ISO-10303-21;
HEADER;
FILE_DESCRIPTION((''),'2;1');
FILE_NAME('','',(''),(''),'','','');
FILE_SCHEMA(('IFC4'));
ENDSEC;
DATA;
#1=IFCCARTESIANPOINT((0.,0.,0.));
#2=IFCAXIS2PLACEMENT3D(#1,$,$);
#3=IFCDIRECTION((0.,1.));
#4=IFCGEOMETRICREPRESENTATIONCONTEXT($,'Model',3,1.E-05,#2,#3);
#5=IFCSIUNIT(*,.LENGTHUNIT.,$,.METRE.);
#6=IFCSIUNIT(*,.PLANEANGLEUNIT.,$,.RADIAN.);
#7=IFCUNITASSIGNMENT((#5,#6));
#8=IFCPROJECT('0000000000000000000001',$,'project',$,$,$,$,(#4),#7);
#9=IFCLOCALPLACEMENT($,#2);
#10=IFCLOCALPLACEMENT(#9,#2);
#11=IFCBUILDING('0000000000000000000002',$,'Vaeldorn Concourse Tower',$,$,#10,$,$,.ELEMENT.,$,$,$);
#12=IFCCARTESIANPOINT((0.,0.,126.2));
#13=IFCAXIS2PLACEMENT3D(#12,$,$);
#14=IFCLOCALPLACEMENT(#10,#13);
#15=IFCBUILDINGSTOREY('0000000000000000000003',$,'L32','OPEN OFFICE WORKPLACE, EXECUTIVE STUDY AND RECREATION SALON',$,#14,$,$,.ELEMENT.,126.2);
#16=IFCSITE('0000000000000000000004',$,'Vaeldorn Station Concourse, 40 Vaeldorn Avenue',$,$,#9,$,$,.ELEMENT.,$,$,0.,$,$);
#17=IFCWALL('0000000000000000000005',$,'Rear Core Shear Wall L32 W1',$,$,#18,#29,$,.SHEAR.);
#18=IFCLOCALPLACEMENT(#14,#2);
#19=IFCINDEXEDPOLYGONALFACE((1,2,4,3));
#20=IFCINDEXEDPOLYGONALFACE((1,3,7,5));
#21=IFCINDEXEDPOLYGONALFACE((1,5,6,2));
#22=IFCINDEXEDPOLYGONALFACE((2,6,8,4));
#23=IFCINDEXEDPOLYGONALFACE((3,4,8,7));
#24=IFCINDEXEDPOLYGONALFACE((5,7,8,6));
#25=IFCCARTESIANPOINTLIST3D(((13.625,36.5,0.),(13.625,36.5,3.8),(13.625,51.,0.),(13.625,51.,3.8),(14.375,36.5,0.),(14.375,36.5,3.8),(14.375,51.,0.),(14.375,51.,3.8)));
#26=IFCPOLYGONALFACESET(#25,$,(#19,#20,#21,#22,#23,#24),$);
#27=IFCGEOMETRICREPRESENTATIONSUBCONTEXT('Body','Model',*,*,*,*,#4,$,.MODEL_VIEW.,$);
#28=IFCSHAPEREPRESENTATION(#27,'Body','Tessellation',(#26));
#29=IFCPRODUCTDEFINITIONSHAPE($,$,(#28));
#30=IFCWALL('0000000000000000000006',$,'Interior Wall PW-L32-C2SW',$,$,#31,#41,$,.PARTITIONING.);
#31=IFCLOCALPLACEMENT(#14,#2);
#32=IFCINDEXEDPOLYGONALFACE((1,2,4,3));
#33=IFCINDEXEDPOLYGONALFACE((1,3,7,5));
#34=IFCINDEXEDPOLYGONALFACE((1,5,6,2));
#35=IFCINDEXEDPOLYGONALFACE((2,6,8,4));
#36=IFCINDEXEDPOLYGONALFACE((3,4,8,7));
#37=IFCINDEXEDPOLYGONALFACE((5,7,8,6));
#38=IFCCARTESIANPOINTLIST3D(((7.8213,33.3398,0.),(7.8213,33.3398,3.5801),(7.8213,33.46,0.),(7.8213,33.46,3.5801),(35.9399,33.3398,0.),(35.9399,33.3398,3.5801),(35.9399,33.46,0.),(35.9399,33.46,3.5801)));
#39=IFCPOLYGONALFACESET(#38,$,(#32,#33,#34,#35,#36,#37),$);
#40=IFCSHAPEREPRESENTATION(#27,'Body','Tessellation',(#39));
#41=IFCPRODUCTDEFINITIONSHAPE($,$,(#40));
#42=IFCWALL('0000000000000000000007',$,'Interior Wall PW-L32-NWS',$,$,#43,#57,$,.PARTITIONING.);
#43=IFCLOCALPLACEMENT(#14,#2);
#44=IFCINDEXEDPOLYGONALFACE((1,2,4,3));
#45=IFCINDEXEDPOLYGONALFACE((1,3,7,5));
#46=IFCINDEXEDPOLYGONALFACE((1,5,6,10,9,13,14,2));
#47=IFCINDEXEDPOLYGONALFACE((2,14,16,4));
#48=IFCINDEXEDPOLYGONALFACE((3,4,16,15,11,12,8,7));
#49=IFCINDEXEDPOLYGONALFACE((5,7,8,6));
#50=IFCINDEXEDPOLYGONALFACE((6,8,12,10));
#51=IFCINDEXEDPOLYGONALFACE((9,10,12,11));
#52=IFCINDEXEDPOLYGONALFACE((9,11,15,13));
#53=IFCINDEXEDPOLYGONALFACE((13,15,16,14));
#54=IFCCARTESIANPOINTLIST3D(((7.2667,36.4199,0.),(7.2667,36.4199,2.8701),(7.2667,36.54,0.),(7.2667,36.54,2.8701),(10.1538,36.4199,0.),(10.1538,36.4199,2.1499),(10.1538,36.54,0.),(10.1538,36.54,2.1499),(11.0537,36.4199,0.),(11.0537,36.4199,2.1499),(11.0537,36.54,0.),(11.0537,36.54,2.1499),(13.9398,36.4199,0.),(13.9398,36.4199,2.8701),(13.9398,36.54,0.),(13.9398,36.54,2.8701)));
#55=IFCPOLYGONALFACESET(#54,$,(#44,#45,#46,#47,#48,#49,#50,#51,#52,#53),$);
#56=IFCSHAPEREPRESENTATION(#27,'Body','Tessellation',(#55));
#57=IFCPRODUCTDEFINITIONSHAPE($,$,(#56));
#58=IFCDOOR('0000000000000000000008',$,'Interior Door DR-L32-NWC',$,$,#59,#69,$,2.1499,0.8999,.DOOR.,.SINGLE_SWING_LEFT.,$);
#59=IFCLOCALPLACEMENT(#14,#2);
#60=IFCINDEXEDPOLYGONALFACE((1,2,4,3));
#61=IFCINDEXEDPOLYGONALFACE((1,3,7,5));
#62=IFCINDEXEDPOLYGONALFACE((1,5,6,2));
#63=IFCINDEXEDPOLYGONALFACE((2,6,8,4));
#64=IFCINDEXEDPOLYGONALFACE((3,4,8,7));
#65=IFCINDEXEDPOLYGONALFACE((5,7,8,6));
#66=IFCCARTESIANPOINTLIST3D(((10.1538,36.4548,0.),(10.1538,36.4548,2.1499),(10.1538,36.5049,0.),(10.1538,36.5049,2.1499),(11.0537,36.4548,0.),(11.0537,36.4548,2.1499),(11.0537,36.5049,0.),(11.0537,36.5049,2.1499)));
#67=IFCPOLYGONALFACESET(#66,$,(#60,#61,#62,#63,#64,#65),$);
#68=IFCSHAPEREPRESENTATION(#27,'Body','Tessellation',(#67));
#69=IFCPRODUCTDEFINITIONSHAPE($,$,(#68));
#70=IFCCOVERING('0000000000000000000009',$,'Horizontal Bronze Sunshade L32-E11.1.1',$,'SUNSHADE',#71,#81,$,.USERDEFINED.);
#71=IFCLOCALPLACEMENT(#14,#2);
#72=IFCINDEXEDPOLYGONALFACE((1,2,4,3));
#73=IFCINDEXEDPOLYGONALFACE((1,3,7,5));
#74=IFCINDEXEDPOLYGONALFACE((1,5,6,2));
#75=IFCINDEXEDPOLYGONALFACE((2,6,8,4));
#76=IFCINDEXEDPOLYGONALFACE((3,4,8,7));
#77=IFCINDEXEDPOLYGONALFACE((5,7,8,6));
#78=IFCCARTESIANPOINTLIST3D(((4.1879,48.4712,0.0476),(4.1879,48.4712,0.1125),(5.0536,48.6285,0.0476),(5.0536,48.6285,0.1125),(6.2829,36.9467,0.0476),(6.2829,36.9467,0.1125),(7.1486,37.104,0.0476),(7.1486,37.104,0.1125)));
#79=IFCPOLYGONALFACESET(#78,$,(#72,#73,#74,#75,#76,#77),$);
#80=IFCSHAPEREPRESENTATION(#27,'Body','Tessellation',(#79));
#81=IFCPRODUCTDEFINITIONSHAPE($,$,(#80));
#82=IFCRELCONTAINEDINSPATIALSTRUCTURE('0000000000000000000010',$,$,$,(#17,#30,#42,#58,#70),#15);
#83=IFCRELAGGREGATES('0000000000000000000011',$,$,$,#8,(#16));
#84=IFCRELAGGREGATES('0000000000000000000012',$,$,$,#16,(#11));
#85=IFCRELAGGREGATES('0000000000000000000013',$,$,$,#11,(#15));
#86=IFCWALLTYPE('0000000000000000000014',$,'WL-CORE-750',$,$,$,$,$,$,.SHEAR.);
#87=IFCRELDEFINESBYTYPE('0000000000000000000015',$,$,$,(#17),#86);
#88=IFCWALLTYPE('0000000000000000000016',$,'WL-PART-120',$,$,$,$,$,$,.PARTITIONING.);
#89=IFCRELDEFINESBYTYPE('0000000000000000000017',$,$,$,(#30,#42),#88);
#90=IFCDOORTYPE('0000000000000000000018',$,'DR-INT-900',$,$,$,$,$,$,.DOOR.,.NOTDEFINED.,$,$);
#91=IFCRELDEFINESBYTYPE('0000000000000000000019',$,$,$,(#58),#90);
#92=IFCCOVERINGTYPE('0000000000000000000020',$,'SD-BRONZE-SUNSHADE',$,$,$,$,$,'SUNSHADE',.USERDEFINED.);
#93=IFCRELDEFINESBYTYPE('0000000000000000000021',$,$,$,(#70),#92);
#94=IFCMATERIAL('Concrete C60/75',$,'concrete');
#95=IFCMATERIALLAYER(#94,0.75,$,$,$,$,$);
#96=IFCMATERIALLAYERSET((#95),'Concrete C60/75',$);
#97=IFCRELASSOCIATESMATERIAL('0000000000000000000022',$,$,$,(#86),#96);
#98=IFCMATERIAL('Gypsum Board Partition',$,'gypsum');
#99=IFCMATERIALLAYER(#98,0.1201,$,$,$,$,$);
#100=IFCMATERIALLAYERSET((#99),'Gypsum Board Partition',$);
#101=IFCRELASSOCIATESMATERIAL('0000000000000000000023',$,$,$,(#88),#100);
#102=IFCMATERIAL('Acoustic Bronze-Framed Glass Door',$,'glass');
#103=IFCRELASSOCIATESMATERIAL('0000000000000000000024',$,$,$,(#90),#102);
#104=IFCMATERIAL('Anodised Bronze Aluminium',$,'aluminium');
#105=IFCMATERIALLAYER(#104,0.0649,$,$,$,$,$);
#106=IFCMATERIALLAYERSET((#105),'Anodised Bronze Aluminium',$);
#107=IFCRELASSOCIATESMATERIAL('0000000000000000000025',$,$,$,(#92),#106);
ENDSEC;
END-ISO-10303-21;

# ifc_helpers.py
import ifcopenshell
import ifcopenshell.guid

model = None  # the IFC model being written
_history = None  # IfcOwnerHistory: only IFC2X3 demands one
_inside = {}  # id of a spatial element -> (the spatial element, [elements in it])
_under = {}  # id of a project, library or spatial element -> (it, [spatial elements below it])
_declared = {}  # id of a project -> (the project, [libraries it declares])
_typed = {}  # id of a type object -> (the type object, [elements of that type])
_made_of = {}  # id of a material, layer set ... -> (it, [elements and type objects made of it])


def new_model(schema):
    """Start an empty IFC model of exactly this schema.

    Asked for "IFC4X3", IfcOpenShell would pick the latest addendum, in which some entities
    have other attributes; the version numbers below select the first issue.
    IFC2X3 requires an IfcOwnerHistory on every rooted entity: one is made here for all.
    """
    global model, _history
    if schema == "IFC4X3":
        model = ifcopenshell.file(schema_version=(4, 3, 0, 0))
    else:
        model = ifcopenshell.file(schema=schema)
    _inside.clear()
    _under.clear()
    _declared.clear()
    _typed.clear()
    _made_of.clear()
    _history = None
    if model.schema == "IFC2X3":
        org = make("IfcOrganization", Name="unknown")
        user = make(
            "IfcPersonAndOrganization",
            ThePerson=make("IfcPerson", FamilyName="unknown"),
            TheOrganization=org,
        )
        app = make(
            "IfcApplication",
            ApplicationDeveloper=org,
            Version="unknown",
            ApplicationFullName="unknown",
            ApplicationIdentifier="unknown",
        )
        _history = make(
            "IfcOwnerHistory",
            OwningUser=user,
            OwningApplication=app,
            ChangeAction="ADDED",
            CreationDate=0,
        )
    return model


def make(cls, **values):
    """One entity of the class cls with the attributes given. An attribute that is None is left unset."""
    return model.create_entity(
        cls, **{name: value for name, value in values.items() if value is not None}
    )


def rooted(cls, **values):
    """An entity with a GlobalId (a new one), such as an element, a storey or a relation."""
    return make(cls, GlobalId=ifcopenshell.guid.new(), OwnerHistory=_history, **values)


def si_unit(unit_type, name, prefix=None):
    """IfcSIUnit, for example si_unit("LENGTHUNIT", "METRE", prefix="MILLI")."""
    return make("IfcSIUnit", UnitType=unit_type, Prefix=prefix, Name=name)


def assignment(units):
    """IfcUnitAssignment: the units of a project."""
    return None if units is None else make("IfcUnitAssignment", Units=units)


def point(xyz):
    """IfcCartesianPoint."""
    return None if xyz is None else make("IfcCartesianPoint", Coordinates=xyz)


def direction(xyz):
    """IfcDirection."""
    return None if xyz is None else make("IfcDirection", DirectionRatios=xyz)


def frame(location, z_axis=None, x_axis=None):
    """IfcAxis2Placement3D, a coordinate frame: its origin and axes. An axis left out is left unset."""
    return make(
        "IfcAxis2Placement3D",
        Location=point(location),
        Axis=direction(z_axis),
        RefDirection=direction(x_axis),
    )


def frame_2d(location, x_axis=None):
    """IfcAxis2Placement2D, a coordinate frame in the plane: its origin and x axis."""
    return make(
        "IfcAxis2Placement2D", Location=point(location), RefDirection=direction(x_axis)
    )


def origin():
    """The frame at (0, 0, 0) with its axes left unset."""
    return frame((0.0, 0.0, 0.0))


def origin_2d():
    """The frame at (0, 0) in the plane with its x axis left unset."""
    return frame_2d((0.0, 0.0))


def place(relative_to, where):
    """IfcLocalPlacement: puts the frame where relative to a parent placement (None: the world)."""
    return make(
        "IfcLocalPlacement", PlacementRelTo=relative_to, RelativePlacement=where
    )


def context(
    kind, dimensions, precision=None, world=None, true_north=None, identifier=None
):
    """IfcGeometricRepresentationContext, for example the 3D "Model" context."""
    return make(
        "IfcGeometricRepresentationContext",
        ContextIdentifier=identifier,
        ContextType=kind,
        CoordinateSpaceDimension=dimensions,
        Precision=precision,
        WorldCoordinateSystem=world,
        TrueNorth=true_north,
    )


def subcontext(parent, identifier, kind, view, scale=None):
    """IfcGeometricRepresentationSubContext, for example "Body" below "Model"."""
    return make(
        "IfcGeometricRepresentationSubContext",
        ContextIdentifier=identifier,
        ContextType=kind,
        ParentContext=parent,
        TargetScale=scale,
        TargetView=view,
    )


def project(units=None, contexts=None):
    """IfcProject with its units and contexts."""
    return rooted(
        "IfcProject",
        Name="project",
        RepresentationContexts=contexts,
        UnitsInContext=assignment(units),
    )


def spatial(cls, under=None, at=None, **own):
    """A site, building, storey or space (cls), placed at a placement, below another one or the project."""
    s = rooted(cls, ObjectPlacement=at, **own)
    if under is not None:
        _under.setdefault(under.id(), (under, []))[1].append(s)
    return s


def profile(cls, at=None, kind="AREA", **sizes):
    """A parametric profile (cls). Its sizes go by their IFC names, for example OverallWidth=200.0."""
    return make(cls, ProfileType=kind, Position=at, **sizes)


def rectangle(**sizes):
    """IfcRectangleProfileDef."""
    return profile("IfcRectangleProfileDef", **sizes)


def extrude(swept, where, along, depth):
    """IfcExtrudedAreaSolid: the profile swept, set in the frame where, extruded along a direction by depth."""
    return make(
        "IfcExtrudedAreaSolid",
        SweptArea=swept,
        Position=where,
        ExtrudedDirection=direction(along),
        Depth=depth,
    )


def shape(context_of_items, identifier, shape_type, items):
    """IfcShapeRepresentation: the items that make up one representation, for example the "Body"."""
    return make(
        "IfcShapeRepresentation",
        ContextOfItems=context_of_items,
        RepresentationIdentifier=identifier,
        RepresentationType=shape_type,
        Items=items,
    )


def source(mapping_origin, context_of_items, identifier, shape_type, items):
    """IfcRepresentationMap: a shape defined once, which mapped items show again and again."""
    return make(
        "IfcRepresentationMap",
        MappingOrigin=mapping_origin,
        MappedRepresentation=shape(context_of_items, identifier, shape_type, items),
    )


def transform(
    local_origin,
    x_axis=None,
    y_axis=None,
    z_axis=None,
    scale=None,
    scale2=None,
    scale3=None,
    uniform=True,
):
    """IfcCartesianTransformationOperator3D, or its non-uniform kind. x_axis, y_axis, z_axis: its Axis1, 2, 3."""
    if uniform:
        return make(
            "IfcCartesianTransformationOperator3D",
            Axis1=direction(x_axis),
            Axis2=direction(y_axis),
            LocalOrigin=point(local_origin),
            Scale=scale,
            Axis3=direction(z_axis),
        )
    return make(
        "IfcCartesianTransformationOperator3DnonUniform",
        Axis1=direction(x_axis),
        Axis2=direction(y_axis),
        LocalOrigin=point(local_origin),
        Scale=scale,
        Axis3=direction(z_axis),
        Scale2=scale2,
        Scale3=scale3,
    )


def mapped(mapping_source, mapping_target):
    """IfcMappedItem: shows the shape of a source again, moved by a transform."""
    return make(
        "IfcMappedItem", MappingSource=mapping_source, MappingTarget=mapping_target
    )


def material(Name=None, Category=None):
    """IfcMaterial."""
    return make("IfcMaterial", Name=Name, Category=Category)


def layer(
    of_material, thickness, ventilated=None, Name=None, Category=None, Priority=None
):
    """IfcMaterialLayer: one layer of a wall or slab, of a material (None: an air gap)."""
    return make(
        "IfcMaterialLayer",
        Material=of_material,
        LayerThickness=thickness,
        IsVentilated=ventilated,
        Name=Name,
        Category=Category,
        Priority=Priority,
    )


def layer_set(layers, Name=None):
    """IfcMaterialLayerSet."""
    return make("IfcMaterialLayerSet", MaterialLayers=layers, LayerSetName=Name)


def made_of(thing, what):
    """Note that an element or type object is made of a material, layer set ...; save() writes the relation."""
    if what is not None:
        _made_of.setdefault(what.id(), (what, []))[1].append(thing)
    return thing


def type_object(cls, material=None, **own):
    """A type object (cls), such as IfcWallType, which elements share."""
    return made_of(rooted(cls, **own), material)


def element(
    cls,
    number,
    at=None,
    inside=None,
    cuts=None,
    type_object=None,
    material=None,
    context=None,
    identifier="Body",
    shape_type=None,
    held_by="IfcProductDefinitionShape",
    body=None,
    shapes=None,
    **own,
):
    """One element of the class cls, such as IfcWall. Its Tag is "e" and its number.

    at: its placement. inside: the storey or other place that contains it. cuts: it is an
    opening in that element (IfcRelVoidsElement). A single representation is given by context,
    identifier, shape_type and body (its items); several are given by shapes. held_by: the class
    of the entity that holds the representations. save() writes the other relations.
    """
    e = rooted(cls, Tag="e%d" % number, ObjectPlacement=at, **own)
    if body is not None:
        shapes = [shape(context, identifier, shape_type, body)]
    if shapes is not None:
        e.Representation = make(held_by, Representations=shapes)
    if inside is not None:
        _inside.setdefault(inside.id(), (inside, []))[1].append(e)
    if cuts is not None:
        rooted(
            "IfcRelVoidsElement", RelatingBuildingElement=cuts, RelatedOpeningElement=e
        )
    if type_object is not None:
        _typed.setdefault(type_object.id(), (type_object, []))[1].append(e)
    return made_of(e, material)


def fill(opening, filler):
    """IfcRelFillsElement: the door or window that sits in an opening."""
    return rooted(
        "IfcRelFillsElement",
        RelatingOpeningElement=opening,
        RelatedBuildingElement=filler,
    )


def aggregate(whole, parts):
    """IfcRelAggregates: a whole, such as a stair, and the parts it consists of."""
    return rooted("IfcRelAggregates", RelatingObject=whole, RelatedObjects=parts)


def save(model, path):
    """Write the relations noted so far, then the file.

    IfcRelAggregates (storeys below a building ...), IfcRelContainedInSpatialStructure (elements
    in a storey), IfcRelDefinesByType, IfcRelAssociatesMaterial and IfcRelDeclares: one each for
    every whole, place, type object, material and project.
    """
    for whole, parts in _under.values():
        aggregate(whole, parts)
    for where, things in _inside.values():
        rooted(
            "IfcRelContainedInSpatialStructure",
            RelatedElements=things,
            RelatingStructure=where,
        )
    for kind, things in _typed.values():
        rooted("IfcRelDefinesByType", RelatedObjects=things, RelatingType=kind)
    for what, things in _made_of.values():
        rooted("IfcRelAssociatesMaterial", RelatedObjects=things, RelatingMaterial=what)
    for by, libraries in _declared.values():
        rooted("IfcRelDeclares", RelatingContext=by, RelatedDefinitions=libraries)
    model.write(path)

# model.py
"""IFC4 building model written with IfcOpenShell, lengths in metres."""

from ifc_helpers import new_model, si_unit, direction, frame, frame_2d, origin, origin_2d, place, context, subcontext, project, spatial, rectangle, extrude, source, transform, mapped, material, layer, layer_set, type_object, element, fill, save


model = new_model("IFC4")

# Units and contexts
model_context = context("Model", 3, precision=1e-05, world=origin(), true_north=direction((0.0, 1.0)))
body_context = subcontext(model_context, "Body", "Model", "MODEL_VIEW")
ifc_project = project(units=[si_unit("LENGTHUNIT", "METRE"), si_unit("PLANEANGLEUNIT", "RADIAN")], contexts=[model_context])

# Site, building, storey
site_placement = place(None, origin())
site = spatial("IfcSite", under=ifc_project, at=site_placement, Name="Vaeldorn Station Concourse, 40 Vaeldorn Avenue", CompositionType="ELEMENT", RefElevation=0.0)
building_placement = place(site_placement, origin())
building = spatial("IfcBuilding", under=site, at=building_placement, Name="Vaeldorn Concourse Tower", CompositionType="ELEMENT")
storey_placement = place(building_placement, frame((0.0, 0.0, 126.2)))
storey = spatial("IfcBuildingStorey", under=building, at=storey_placement, Name="L32", Description="OPEN OFFICE WORKPLACE, EXECUTIVE STUDY AND RECREATION SALON", CompositionType="ELEMENT", Elevation=126.2)

# Shared definitions
ifc_material_1 = material(Name="Concrete C60/75", Category="concrete")

# Shared definitions
ifc_material_2 = material(Name="Anodised Bronze Aluminium", Category="aluminium")

# Walls
ifc_layer_1 = layer(ifc_material_1, 0.75)
ifc_layer_set_1 = layer_set([ifc_layer_1], Name="Concrete C60/75")
wall_type_1 = type_object("IfcWallType", Name="WL-CORE-750", PredefinedType="SHEAR", material=ifc_layer_set_1)
wall_1_placement = place(storey_placement, frame((14.0, 36.5, 0.0), z_axis=(0.0, 0.0, 1.0), x_axis=(0.0, 1.0, 0.0)))
element("IfcWall", 1, at=wall_1_placement, inside=storey, type_object=wall_type_1, Name="Rear Core Shear Wall L32 W1", PredefinedType="SHEAR", context=body_context, shape_type="SweptSolid", body=[
    extrude(rectangle(XDim=14.5, YDim=0.75, at=frame_2d((7.25, 0.0))), origin(), (0.0, 0.0, 1.0), 3.8),
])
ifc_material_3 = material(Name="Gypsum Board Partition", Category="gypsum")
ifc_layer_2 = layer(ifc_material_3, 0.1201)
ifc_layer_set_2 = layer_set([ifc_layer_2], Name="Gypsum Board Partition")
wall_type_2 = type_object("IfcWallType", Name="WL-PART-120", PredefinedType="PARTITIONING", material=ifc_layer_set_2)
wall_2_placement = place(storey_placement, frame((7.8213, 33.3999, 0.0), z_axis=(0.0, 0.0, 1.0), x_axis=(1.0, 0.0, 0.0)))
element("IfcWall", 2, at=wall_2_placement, inside=storey, type_object=wall_type_2, Name="Interior Wall PW-L32-C2SW", PredefinedType="PARTITIONING", context=body_context, shape_type="SweptSolid", body=[
    extrude(rectangle(XDim=28.1187, YDim=0.1201, at=frame_2d((14.0593, 0.0))), origin(), (0.0, 0.0, 1.0), 3.5801),
])

# Wall, opening, door
wall_3_placement = place(storey_placement, frame((7.2668, 36.48, 0.0), z_axis=(0.0, 0.0, 1.0), x_axis=(1.0, 0.0, 0.0)))
wall_3 = element("IfcWall", 3, at=wall_3_placement, inside=storey, type_object=wall_type_2, Name="Interior Wall PW-L32-NWS", PredefinedType="PARTITIONING", context=body_context, shape_type="SweptSolid", body=[
    extrude(rectangle(XDim=6.6731, YDim=0.1201, at=frame_2d((3.3364, 0.0))), origin(), (0.0, 0.0, 1.0), 2.8701),
])
opening_placement = place(wall_3_placement, frame((2.887, 0.0, 0.0)))
opening = element("IfcOpeningElement", 4, at=opening_placement, cuts=wall_3, PredefinedType="OPENING", context=body_context, shape_type="SweptSolid", body=[
    extrude(rectangle(XDim=0.8999, YDim=2.1499, at=frame_2d((0.45, 1.075))), frame((0.0, 0.0701, 0.0), z_axis=(0.0, -1.0, 0.0), x_axis=(1.0, 0.0, 0.0)), (0.0, 0.0, 1.0), 0.1401),
])
ifc_material_4 = material(Name="Acoustic Bronze-Framed Glass Door", Category="glass")
door_type = type_object("IfcDoorType", Name="DR-INT-900", OperationType="NOTDEFINED", PredefinedType="DOOR", material=ifc_material_4)
shared_shape_1 = source(origin(), body_context, "Body", "SweptSolid", [
    extrude(rectangle(XDim=0.8999, YDim=2.1499, at=frame_2d((0.45, 1.075))), frame((0.0, 0.0249, 0.0), z_axis=(0.0, -1.0, 0.0), x_axis=(1.0, 0.0, 0.0)), (0.0, 0.0, 1.0), 0.05),
])
door_placement = place(opening_placement, origin())
door = element("IfcDoor", 5, at=door_placement, inside=storey, type_object=door_type, Name="Interior Door DR-L32-NWC", OperationType="SINGLE_SWING_LEFT", OverallHeight=2.1499, OverallWidth=0.8999, PredefinedType="DOOR", context=body_context, shape_type="MappedRepresentation", body=[
    mapped(shared_shape_1, transform((0.0, 0.0, 0.0), scale=1.0)),
])
fill(opening, door)

# Covering
ifc_layer_3 = layer(ifc_material_2, 0.0649)
ifc_layer_set_3 = layer_set([ifc_layer_3], Name="Anodised Bronze Aluminium")
covering_type = type_object("IfcCoveringType", Name="SD-BRONZE-SUNSHADE", ElementType="SUNSHADE", PredefinedType="USERDEFINED", material=ifc_layer_set_3)
shared_shape_2 = source(origin(), body_context, "Body", "SweptSolid", [
    extrude(rectangle(XDim=11.7134, YDim=0.8799, at=origin_2d()), origin(), (0.0, 0.0, 1.0), 0.0649),
])
covering_placement = place(storey_placement, frame((5.6682, 42.7876, 0.0476), z_axis=(0.0, 0.0, 1.0), x_axis=(0.178854, -0.983876, 0.0)))
element("IfcCovering", 6, at=covering_placement, inside=storey, type_object=covering_type, Name="Horizontal Bronze Sunshade L32-E11.1.1", ObjectType="SUNSHADE", PredefinedType="USERDEFINED", context=body_context, shape_type="MappedRepresentation", body=[
    mapped(shared_shape_2, transform((0.0, 0.0, 0.0), scale=1.0)),
])

save(model, "model.ifc")
